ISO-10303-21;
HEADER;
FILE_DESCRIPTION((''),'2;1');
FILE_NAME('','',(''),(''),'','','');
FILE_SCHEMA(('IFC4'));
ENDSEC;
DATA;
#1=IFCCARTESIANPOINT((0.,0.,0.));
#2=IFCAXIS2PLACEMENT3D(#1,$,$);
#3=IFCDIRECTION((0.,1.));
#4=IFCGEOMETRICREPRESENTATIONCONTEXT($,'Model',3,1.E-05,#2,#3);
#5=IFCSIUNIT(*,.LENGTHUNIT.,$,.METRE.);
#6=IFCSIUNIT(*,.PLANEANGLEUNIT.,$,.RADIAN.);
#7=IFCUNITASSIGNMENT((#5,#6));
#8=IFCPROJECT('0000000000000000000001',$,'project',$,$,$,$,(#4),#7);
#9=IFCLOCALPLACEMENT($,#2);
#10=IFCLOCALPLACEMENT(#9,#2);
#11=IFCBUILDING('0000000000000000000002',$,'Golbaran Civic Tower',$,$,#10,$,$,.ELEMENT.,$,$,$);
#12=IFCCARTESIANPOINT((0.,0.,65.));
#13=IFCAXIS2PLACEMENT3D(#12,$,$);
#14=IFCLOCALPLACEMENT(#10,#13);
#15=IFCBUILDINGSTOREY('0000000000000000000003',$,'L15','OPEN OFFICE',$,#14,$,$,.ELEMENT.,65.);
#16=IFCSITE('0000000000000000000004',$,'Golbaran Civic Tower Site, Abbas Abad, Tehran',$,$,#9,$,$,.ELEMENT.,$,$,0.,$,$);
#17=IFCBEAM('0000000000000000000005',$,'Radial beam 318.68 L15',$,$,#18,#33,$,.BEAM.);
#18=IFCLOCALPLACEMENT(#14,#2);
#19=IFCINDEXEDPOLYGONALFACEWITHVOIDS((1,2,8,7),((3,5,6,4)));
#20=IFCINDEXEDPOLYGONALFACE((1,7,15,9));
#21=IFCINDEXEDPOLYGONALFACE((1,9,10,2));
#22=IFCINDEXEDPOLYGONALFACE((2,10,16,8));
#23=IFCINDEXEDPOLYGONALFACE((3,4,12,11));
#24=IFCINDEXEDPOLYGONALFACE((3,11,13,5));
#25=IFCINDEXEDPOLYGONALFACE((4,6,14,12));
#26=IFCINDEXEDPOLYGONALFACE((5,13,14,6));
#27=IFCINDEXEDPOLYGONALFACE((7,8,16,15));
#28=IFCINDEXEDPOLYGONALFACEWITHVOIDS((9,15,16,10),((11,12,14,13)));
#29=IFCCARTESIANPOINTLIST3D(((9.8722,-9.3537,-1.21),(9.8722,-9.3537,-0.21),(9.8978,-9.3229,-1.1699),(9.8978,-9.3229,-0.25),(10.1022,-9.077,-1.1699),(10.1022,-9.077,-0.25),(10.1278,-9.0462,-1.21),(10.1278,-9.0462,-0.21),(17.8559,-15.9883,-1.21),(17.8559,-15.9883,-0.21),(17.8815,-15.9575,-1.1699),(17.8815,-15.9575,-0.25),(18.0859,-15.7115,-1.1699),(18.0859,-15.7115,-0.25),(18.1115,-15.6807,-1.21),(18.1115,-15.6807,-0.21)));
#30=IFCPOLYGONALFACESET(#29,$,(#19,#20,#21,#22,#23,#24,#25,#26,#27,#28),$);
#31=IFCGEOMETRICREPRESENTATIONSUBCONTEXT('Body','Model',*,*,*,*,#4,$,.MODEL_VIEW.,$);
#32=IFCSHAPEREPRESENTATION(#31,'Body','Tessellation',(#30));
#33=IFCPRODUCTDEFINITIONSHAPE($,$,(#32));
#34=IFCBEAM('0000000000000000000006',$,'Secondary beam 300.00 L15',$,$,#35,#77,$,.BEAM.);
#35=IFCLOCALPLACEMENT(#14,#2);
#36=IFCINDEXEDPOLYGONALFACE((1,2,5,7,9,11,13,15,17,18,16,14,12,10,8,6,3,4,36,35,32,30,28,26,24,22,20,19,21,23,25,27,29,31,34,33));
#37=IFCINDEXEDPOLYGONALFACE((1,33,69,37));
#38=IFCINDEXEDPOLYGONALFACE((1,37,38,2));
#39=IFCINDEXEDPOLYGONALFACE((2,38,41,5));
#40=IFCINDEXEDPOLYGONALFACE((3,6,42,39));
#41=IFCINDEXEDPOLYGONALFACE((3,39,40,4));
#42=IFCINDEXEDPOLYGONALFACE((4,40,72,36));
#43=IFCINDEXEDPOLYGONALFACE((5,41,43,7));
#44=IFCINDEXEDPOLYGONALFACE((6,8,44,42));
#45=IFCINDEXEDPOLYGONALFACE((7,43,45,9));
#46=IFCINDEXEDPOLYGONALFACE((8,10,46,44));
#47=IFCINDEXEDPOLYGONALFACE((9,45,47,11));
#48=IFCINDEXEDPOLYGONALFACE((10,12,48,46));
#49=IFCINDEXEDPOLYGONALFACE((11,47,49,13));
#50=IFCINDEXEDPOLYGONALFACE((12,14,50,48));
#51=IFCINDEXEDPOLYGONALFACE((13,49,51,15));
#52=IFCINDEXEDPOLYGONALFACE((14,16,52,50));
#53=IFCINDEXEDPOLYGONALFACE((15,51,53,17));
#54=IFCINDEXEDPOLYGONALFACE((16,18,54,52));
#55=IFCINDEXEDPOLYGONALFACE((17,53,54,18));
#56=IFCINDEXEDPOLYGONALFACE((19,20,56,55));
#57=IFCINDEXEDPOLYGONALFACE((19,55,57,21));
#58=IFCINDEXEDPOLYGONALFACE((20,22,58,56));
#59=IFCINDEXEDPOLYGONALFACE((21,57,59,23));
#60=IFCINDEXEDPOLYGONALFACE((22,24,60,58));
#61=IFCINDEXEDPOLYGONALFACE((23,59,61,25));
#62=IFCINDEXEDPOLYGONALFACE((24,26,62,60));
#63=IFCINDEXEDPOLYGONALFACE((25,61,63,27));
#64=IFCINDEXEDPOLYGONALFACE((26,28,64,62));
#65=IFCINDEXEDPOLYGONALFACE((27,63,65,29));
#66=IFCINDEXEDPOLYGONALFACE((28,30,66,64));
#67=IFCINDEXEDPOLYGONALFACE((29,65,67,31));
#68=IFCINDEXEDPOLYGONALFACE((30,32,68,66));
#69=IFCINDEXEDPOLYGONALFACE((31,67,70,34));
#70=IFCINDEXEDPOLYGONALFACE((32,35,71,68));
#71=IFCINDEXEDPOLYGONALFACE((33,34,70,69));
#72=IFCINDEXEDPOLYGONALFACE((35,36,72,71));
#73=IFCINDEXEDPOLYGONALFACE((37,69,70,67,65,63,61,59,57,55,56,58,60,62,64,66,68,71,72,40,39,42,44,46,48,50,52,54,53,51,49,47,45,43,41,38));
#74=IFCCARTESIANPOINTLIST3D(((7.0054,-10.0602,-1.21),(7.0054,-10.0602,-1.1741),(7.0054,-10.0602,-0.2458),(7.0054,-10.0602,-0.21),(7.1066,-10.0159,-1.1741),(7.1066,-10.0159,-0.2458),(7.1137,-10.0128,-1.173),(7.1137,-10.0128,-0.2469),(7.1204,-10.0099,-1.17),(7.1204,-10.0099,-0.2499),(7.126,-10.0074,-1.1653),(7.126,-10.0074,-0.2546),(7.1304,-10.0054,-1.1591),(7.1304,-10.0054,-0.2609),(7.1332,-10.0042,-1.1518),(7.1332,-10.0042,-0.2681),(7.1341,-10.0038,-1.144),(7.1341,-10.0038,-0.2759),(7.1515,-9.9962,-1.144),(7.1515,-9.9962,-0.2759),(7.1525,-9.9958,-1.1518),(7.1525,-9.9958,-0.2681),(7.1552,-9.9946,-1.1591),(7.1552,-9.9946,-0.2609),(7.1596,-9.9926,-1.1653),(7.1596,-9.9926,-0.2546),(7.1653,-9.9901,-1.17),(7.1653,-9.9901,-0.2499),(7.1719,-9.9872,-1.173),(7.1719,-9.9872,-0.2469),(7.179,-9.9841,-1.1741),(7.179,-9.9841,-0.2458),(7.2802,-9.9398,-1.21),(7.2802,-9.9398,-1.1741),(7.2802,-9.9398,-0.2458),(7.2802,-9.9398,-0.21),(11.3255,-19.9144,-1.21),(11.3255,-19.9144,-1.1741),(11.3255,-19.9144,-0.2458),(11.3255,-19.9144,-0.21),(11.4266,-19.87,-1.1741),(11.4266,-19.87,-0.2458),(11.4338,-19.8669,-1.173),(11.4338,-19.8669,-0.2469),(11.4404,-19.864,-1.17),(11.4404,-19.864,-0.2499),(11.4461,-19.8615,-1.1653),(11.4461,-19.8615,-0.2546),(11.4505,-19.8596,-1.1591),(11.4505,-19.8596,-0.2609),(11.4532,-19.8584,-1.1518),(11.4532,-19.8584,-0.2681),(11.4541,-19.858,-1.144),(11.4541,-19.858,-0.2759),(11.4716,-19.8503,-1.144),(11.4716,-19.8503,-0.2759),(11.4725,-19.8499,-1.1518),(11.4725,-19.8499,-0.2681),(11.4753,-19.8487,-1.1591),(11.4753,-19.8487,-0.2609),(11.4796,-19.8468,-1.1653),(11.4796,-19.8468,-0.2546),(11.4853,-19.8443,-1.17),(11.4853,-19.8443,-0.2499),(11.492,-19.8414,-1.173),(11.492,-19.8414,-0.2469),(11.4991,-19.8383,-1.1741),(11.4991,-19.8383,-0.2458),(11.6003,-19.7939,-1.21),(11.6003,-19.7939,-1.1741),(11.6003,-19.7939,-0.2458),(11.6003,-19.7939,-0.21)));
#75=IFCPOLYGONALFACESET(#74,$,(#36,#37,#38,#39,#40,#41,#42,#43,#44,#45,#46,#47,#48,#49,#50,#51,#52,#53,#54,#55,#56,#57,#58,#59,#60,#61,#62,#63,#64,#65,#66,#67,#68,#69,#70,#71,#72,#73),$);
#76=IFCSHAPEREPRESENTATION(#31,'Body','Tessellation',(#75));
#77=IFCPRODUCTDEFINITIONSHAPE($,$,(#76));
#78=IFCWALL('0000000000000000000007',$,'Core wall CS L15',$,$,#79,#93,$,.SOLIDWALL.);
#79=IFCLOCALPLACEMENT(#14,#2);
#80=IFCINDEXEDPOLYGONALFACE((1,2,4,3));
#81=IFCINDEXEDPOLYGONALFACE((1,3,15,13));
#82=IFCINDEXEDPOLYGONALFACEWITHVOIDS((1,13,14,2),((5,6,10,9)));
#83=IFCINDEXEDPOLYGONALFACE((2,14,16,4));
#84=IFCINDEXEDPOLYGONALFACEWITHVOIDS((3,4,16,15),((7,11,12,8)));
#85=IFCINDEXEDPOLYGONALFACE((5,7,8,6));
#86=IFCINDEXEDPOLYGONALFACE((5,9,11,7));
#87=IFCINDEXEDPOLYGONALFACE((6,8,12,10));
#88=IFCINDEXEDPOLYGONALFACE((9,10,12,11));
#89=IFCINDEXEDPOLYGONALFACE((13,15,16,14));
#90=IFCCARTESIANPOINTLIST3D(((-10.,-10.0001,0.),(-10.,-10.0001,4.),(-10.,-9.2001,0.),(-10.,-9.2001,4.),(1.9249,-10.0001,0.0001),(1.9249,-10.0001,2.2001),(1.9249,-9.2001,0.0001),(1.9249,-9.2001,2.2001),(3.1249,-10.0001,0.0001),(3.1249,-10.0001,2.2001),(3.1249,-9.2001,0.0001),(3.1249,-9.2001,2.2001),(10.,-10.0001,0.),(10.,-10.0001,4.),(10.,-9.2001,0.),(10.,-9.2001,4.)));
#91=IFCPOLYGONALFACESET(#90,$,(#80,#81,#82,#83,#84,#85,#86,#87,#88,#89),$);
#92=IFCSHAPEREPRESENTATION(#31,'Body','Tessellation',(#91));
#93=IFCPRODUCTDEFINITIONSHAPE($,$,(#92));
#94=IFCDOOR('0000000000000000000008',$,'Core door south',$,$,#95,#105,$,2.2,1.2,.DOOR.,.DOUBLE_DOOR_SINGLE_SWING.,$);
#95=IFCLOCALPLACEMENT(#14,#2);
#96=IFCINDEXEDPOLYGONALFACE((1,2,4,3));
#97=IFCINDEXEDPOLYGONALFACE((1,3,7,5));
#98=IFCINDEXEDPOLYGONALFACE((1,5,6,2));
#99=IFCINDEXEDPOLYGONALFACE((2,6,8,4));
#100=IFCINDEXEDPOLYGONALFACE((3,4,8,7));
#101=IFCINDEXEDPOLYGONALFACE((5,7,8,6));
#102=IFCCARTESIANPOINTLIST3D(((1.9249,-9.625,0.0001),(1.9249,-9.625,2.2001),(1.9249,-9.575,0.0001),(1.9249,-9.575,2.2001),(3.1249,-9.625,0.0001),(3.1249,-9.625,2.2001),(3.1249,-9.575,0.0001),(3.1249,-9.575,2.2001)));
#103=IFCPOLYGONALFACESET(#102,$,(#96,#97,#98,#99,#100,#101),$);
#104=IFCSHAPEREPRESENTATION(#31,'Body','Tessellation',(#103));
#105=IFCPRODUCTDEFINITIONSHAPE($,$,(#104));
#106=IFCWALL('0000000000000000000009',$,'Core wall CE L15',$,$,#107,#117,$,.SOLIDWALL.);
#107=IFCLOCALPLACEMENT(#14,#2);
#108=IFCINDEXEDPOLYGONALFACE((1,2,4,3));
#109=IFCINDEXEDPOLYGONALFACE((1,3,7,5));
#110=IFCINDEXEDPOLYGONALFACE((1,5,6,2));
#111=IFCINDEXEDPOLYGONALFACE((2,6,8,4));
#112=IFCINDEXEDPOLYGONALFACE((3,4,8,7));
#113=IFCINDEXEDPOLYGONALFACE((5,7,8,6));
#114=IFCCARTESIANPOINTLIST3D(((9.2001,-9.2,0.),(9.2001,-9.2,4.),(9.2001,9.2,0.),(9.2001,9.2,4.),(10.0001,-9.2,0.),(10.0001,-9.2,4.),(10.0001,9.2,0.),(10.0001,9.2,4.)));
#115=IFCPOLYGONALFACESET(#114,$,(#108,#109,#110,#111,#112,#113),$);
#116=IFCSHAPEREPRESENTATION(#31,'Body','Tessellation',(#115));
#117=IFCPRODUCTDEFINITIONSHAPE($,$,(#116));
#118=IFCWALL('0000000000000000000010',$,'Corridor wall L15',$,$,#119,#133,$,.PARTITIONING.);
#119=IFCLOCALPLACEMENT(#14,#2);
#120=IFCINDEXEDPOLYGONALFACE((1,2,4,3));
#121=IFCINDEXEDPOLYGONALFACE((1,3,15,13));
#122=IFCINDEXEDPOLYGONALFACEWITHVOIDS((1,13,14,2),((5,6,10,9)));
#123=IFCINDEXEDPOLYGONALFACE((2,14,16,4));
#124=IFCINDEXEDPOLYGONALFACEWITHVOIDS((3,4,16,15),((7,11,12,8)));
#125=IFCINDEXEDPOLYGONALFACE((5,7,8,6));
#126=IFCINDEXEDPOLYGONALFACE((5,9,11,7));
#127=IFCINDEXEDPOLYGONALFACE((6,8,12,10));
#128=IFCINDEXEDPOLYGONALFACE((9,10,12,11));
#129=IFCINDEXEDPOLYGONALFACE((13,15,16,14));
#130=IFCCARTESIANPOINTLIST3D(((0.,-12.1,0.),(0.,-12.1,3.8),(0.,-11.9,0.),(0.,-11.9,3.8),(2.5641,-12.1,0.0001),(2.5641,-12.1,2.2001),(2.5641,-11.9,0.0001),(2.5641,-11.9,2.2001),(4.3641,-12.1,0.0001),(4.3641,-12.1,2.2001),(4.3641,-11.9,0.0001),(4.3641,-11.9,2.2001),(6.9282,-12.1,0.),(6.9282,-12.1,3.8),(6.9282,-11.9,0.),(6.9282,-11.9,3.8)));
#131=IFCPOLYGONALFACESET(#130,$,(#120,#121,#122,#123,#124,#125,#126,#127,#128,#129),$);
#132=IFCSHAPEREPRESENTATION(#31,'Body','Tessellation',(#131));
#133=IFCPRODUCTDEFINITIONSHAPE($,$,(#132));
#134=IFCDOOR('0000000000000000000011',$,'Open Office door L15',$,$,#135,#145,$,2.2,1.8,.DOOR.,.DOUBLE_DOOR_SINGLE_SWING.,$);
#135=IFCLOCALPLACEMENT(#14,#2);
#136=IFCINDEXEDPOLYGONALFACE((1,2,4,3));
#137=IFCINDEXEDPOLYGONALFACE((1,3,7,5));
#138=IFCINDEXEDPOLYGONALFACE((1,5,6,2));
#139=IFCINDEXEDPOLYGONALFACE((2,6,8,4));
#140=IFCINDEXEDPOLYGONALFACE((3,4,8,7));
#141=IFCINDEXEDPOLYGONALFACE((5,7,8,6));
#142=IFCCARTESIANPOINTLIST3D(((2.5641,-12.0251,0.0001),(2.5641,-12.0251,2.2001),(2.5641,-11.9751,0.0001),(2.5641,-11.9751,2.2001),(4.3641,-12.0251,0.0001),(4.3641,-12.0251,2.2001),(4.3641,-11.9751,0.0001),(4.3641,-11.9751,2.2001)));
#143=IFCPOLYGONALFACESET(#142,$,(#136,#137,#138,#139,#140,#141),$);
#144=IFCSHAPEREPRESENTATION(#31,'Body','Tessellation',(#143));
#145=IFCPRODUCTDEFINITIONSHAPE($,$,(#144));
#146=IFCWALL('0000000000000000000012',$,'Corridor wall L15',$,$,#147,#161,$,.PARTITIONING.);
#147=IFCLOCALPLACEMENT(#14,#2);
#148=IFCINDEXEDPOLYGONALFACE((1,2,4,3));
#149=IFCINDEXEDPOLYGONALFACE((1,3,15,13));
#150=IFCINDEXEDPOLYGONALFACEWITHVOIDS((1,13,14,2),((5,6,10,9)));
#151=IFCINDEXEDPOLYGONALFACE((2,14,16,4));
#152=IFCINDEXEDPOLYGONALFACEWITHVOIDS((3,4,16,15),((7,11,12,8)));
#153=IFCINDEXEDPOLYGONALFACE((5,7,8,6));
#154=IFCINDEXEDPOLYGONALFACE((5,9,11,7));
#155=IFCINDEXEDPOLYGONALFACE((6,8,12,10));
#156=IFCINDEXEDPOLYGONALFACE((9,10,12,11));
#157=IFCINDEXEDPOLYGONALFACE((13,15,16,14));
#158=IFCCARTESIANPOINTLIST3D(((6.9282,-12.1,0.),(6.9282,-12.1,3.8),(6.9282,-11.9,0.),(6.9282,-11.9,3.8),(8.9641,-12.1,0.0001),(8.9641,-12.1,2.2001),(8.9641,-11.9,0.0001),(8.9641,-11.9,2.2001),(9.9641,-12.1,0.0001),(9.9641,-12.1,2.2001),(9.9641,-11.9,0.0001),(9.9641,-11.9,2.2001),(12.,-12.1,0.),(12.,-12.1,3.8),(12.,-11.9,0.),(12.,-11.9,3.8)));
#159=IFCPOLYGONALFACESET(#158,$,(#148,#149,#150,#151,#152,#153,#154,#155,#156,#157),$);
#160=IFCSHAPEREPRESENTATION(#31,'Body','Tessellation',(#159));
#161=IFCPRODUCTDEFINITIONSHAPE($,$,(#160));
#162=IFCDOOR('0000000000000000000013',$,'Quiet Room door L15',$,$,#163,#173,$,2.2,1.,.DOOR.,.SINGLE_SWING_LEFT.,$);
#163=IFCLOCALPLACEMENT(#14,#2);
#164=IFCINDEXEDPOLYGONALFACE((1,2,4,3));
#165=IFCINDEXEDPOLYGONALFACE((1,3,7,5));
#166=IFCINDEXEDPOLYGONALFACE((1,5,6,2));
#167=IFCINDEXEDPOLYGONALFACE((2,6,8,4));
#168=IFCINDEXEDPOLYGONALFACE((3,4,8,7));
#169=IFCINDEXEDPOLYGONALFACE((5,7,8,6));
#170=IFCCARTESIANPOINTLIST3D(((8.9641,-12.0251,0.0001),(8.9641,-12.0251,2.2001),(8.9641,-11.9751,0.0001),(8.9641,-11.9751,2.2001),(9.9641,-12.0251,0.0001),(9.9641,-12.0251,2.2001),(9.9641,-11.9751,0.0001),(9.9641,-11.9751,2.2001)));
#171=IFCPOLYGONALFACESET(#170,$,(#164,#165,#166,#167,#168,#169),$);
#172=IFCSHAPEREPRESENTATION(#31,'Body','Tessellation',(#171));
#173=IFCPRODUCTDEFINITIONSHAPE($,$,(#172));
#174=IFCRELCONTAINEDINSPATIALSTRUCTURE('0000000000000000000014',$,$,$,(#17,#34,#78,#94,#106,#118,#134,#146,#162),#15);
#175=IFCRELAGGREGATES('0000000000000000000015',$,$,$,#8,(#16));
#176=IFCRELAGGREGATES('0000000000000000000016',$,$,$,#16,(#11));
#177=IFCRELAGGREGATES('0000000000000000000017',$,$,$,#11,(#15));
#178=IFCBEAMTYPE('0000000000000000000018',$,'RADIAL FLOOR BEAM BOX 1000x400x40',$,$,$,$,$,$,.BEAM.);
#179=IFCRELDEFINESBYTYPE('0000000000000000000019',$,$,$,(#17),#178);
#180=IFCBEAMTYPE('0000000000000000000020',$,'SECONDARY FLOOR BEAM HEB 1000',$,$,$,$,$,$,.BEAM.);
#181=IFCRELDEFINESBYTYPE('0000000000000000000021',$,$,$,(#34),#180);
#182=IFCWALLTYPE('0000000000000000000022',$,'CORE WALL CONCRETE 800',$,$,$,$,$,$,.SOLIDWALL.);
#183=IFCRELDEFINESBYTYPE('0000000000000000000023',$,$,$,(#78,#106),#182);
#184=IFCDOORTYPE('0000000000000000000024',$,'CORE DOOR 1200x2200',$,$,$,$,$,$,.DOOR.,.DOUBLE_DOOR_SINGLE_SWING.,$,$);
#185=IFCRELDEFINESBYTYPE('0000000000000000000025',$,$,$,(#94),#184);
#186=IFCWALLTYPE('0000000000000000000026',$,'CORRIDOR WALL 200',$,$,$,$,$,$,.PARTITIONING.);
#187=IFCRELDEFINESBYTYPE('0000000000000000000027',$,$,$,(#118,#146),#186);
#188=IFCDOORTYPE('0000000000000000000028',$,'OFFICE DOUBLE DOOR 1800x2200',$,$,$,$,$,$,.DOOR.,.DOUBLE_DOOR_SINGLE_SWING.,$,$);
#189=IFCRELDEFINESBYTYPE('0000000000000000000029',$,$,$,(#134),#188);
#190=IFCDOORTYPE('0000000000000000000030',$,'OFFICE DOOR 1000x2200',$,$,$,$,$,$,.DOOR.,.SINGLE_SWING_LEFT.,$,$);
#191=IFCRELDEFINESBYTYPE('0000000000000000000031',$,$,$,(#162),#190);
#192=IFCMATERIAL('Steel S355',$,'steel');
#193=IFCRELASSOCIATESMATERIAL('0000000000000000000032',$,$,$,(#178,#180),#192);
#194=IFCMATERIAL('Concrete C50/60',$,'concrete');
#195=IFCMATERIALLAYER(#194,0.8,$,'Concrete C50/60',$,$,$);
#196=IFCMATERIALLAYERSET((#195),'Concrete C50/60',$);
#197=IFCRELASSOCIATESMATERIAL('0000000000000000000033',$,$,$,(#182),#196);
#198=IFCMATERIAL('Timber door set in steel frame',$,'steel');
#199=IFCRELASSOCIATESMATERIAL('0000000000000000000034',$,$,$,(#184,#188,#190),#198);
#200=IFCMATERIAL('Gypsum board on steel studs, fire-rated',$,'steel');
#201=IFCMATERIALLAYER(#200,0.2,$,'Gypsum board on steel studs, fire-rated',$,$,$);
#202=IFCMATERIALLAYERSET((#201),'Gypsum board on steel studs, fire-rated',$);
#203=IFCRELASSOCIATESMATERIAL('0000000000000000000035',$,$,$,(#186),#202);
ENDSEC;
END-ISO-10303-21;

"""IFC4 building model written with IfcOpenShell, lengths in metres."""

from ifc_helpers import new_model, si_unit, direction, frame, frame_2d, origin, origin_2d, place, context, subcontext, project, spatial, rectangle, hollow_rectangle, i_section, extrude, material, layer, layer_set, material_profile, profile_set, type_object, element, fill, save


model = new_model("IFC4")

# Units and contexts
model_context = context("Model", 3, precision=1e-05, world=origin(), true_north=direction((0.0, 1.0)))
body_context = subcontext(model_context, "Body", "Model", "MODEL_VIEW")
ifc_project = project(units=[si_unit("LENGTHUNIT", "METRE"), si_unit("PLANEANGLEUNIT", "RADIAN")], contexts=[model_context])

# Site, building, storey
site_placement = place(None, origin())
site = spatial("IfcSite", under=ifc_project, at=site_placement, Name="Golbaran Civic Tower Site, Abbas Abad, Tehran", CompositionType="ELEMENT", RefElevation=0.0)
building_placement = place(site_placement, origin())
building = spatial("IfcBuilding", under=site, at=building_placement, Name="Golbaran Civic Tower", CompositionType="ELEMENT")
storey_placement = place(building_placement, frame((0.0, 0.0, 65.0)))
storey = spatial("IfcBuildingStorey", under=building, at=storey_placement, Name="L15", Description="OPEN OFFICE", CompositionType="ELEMENT", Elevation=65.0)

# Beams
ifc_material_1 = material(Name="Steel S355", Category="steel")
ifc_material_profile_1 = material_profile(ifc_material_1, hollow_rectangle(XDim=0.3999, YDim=1.0, WallThickness=0.04, at=origin_2d()), Name="BOX 1000x400x40")
ifc_profile_set_1 = profile_set([ifc_material_profile_1], Name="Steel S355")
beam_type_1 = type_object("IfcBeamType", Name="RADIAL FLOOR BEAM BOX 1000x400x40", PredefinedType="BEAM", material=ifc_profile_set_1)
beam_1_placement = place(storey_placement, frame((10.0, -9.2, -0.71), z_axis=(0.769098, -0.639131, 0.0), x_axis=(0.639131, 0.769098, 0.0)))
element("IfcBeam", 1, at=beam_1_placement, inside=storey, type_object=beam_type_1, Name="Radial beam 318.68 L15", PredefinedType="BEAM", context=body_context, shape_type="SweptSolid", body=[
    extrude(hollow_rectangle(XDim=0.3999, YDim=1.0, WallThickness=0.04, at=origin_2d()), origin(), (0.0, 0.0, 1.0), 10.3806),
])
ifc_material_profile_2 = material_profile(ifc_material_1, i_section(OverallWidth=0.3, OverallDepth=1.0, WebThickness=0.019, FlangeThickness=0.0359, FilletRadius=0.03, at=origin_2d()), Name="HEB 1000")
ifc_profile_set_2 = profile_set([ifc_material_profile_2], Name="Steel S355")
beam_type_2 = type_object("IfcBeamType", Name="SECONDARY FLOOR BEAM HEB 1000", PredefinedType="BEAM", material=ifc_profile_set_2)
beam_2_placement = place(storey_placement, frame((7.1428, -10.0, -0.71), z_axis=(0.401508, -0.915856, 0.0), x_axis=(0.915856, 0.401508, 0.0)))
element("IfcBeam", 2, at=beam_2_placement, inside=storey, type_object=beam_type_2, Name="Secondary beam 300.00 L15", PredefinedType="BEAM", context=body_context, shape_type="SweptSolid", body=[
    extrude(i_section(OverallWidth=0.3, OverallDepth=1.0, WebThickness=0.019, FlangeThickness=0.0359, FilletRadius=0.03, at=origin_2d()), origin(), (0.0, 0.0, 1.0), 10.7595),
])

# Wall, opening, door
ifc_material_2 = material(Name="Concrete C50/60", Category="concrete")
ifc_layer_1 = layer(ifc_material_2, 0.8, Name="Concrete C50/60")
ifc_layer_set_1 = layer_set([ifc_layer_1], Name="Concrete C50/60")
wall_type_1 = type_object("IfcWallType", Name="CORE WALL CONCRETE 800", PredefinedType="SOLIDWALL", material=ifc_layer_set_1)
wall_1_placement = place(storey_placement, frame((10.0, -9.6001, 0.0), z_axis=(0.0, 0.0, 1.0), x_axis=(-1.0, 0.0, 0.0)))
wall_1 = element("IfcWall", 3, at=wall_1_placement, inside=storey, type_object=wall_type_1, Name="Core wall CS L15", PredefinedType="SOLIDWALL", context=body_context, shape_type="SweptSolid", body=[
    extrude(rectangle(XDim=20.0, YDim=0.8, at=frame_2d((10.0, 0.0))), origin(), (0.0, 0.0, 1.0), 4.0),
])
opening_1_placement = place(wall_1_placement, frame((6.875, 0.0, 0.0)))
opening_1 = element("IfcOpeningElement", 4, at=opening_1_placement, cuts=wall_1, PredefinedType="OPENING", context=body_context, shape_type="SweptSolid", body=[
    extrude(rectangle(XDim=1.2, YDim=2.2, at=frame_2d((0.6001, 1.1001))), frame((0.0, 0.4099, 0.0), z_axis=(0.0, -1.0, 0.0), x_axis=(1.0, 0.0, 0.0)), (0.0, 0.0, 1.0), 0.8201),
])
ifc_material_3 = material(Name="Timber door set in steel frame", Category="steel")
door_type_1 = type_object("IfcDoorType", Name="CORE DOOR 1200x2200", OperationType="DOUBLE_DOOR_SINGLE_SWING", PredefinedType="DOOR", material=ifc_material_3)
door_1_placement = place(opening_1_placement, origin())
door_1 = element("IfcDoor", 5, at=door_1_placement, inside=storey, type_object=door_type_1, Name="Core door south", OperationType="DOUBLE_DOOR_SINGLE_SWING", OverallHeight=2.2, OverallWidth=1.2, PredefinedType="DOOR", context=body_context, shape_type="SweptSolid", body=[
    extrude(rectangle(XDim=1.2, YDim=2.2, at=frame_2d((0.6001, 1.1001))), frame((0.0, 0.0249, 0.0), z_axis=(0.0, -1.0, 0.0), x_axis=(1.0, 0.0, 0.0)), (0.0, 0.0, 1.0), 0.05),
])
fill(opening_1, door_1)

# Wall
wall_2_placement = place(storey_placement, frame((9.6001, -9.2, 0.0), z_axis=(0.0, 0.0, 1.0), x_axis=(0.0, 1.0, 0.0)))
element("IfcWall", 6, at=wall_2_placement, inside=storey, type_object=wall_type_1, Name="Core wall CE L15", PredefinedType="SOLIDWALL", context=body_context, shape_type="SweptSolid", body=[
    extrude(rectangle(XDim=18.3999, YDim=0.8, at=frame_2d((9.2, 0.0))), origin(), (0.0, 0.0, 1.0), 4.0),
])

# Walls, openings, doors
ifc_material_4 = material(Name="Gypsum board on steel studs, fire-rated", Category="steel")
ifc_layer_2 = layer(ifc_material_4, 0.2, Name="Gypsum board on steel studs, fire-rated")
ifc_layer_set_2 = layer_set([ifc_layer_2], Name="Gypsum board on steel studs, fire-rated")
wall_type_2 = type_object("IfcWallType", Name="CORRIDOR WALL 200", PredefinedType="PARTITIONING", material=ifc_layer_set_2)
wall_3_placement = place(storey_placement, frame((0.0, -12.0, 0.0), z_axis=(0.0, 0.0, 1.0), x_axis=(1.0, 0.0, 0.0)))
wall_3 = element("IfcWall", 7, at=wall_3_placement, inside=storey, type_object=wall_type_2, Name="Corridor wall L15", PredefinedType="PARTITIONING", context=body_context, shape_type="SweptSolid", body=[
    extrude(rectangle(XDim=6.9282, YDim=0.2, at=frame_2d((3.4641, 0.0))), origin(), (0.0, 0.0, 1.0), 3.8),
])
opening_2_placement = place(wall_3_placement, frame((2.5642, 0.0, 0.0)))
opening_2 = element("IfcOpeningElement", 8, at=opening_2_placement, cuts=wall_3, PredefinedType="OPENING", context=body_context, shape_type="SweptSolid", body=[
    extrude(rectangle(XDim=1.8, YDim=2.2, at=frame_2d((0.8999, 1.1001))), frame((0.0, 0.1099, 0.0), z_axis=(0.0, -1.0, 0.0), x_axis=(1.0, 0.0, 0.0)), (0.0, 0.0, 1.0), 0.22),
])
door_type_2 = type_object("IfcDoorType", Name="OFFICE DOUBLE DOOR 1800x2200", OperationType="DOUBLE_DOOR_SINGLE_SWING", PredefinedType="DOOR", material=ifc_material_3)
door_2_placement = place(opening_2_placement, origin())
door_2 = element("IfcDoor", 9, at=door_2_placement, inside=storey, type_object=door_type_2, Name="Open Office door L15", OperationType="DOUBLE_DOOR_SINGLE_SWING", OverallHeight=2.2, OverallWidth=1.8, PredefinedType="DOOR", context=body_context, shape_type="SweptSolid", body=[
    extrude(rectangle(XDim=1.8, YDim=2.2, at=frame_2d((0.8999, 1.1001))), frame((0.0, 0.0249, 0.0), z_axis=(0.0, -1.0, 0.0), x_axis=(1.0, 0.0, 0.0)), (0.0, 0.0, 1.0), 0.05),
])
fill(opening_2, door_2)
wall_4_placement = place(storey_placement, frame((6.9282, -12.0, 0.0), z_axis=(0.0, 0.0, 1.0), x_axis=(1.0, 0.0, 0.0)))
wall_4 = element("IfcWall", 10, at=wall_4_placement, inside=storey, type_object=wall_type_2, Name="Corridor wall L15", PredefinedType="PARTITIONING", context=body_context, shape_type="SweptSolid", body=[
    extrude(rectangle(XDim=5.0718, YDim=0.2, at=frame_2d((2.5359, 0.0))), origin(), (0.0, 0.0, 1.0), 3.8),
])
opening_3_placement = place(wall_4_placement, frame((2.0359, 0.0, 0.0)))
opening_3 = element("IfcOpeningElement", 11, at=opening_3_placement, cuts=wall_4, PredefinedType="OPENING", context=body_context, shape_type="SweptSolid", body=[
    extrude(rectangle(XDim=1.0, YDim=2.2, at=frame_2d((0.5, 1.1001))), frame((0.0, 0.1099, 0.0), z_axis=(0.0, -1.0, 0.0), x_axis=(1.0, 0.0, 0.0)), (0.0, 0.0, 1.0), 0.22),
])
door_type_3 = type_object("IfcDoorType", Name="OFFICE DOOR 1000x2200", OperationType="SINGLE_SWING_LEFT", PredefinedType="DOOR", material=ifc_material_3)
door_3_placement = place(opening_3_placement, origin())
door_3 = element("IfcDoor", 12, at=door_3_placement, inside=storey, type_object=door_type_3, Name="Quiet Room door L15", OperationType="SINGLE_SWING_LEFT", OverallHeight=2.2, OverallWidth=1.0, PredefinedType="DOOR", context=body_context, shape_type="SweptSolid", body=[
    extrude(rectangle(XDim=1.0, YDim=2.2, at=frame_2d((0.5, 1.1001))), frame((0.0, 0.0249, 0.0), z_axis=(0.0, -1.0, 0.0), x_axis=(1.0, 0.0, 0.0)), (0.0, 0.0, 1.0), 0.05),
])
fill(opening_3, door_3)

save(model, "model.ifc")
